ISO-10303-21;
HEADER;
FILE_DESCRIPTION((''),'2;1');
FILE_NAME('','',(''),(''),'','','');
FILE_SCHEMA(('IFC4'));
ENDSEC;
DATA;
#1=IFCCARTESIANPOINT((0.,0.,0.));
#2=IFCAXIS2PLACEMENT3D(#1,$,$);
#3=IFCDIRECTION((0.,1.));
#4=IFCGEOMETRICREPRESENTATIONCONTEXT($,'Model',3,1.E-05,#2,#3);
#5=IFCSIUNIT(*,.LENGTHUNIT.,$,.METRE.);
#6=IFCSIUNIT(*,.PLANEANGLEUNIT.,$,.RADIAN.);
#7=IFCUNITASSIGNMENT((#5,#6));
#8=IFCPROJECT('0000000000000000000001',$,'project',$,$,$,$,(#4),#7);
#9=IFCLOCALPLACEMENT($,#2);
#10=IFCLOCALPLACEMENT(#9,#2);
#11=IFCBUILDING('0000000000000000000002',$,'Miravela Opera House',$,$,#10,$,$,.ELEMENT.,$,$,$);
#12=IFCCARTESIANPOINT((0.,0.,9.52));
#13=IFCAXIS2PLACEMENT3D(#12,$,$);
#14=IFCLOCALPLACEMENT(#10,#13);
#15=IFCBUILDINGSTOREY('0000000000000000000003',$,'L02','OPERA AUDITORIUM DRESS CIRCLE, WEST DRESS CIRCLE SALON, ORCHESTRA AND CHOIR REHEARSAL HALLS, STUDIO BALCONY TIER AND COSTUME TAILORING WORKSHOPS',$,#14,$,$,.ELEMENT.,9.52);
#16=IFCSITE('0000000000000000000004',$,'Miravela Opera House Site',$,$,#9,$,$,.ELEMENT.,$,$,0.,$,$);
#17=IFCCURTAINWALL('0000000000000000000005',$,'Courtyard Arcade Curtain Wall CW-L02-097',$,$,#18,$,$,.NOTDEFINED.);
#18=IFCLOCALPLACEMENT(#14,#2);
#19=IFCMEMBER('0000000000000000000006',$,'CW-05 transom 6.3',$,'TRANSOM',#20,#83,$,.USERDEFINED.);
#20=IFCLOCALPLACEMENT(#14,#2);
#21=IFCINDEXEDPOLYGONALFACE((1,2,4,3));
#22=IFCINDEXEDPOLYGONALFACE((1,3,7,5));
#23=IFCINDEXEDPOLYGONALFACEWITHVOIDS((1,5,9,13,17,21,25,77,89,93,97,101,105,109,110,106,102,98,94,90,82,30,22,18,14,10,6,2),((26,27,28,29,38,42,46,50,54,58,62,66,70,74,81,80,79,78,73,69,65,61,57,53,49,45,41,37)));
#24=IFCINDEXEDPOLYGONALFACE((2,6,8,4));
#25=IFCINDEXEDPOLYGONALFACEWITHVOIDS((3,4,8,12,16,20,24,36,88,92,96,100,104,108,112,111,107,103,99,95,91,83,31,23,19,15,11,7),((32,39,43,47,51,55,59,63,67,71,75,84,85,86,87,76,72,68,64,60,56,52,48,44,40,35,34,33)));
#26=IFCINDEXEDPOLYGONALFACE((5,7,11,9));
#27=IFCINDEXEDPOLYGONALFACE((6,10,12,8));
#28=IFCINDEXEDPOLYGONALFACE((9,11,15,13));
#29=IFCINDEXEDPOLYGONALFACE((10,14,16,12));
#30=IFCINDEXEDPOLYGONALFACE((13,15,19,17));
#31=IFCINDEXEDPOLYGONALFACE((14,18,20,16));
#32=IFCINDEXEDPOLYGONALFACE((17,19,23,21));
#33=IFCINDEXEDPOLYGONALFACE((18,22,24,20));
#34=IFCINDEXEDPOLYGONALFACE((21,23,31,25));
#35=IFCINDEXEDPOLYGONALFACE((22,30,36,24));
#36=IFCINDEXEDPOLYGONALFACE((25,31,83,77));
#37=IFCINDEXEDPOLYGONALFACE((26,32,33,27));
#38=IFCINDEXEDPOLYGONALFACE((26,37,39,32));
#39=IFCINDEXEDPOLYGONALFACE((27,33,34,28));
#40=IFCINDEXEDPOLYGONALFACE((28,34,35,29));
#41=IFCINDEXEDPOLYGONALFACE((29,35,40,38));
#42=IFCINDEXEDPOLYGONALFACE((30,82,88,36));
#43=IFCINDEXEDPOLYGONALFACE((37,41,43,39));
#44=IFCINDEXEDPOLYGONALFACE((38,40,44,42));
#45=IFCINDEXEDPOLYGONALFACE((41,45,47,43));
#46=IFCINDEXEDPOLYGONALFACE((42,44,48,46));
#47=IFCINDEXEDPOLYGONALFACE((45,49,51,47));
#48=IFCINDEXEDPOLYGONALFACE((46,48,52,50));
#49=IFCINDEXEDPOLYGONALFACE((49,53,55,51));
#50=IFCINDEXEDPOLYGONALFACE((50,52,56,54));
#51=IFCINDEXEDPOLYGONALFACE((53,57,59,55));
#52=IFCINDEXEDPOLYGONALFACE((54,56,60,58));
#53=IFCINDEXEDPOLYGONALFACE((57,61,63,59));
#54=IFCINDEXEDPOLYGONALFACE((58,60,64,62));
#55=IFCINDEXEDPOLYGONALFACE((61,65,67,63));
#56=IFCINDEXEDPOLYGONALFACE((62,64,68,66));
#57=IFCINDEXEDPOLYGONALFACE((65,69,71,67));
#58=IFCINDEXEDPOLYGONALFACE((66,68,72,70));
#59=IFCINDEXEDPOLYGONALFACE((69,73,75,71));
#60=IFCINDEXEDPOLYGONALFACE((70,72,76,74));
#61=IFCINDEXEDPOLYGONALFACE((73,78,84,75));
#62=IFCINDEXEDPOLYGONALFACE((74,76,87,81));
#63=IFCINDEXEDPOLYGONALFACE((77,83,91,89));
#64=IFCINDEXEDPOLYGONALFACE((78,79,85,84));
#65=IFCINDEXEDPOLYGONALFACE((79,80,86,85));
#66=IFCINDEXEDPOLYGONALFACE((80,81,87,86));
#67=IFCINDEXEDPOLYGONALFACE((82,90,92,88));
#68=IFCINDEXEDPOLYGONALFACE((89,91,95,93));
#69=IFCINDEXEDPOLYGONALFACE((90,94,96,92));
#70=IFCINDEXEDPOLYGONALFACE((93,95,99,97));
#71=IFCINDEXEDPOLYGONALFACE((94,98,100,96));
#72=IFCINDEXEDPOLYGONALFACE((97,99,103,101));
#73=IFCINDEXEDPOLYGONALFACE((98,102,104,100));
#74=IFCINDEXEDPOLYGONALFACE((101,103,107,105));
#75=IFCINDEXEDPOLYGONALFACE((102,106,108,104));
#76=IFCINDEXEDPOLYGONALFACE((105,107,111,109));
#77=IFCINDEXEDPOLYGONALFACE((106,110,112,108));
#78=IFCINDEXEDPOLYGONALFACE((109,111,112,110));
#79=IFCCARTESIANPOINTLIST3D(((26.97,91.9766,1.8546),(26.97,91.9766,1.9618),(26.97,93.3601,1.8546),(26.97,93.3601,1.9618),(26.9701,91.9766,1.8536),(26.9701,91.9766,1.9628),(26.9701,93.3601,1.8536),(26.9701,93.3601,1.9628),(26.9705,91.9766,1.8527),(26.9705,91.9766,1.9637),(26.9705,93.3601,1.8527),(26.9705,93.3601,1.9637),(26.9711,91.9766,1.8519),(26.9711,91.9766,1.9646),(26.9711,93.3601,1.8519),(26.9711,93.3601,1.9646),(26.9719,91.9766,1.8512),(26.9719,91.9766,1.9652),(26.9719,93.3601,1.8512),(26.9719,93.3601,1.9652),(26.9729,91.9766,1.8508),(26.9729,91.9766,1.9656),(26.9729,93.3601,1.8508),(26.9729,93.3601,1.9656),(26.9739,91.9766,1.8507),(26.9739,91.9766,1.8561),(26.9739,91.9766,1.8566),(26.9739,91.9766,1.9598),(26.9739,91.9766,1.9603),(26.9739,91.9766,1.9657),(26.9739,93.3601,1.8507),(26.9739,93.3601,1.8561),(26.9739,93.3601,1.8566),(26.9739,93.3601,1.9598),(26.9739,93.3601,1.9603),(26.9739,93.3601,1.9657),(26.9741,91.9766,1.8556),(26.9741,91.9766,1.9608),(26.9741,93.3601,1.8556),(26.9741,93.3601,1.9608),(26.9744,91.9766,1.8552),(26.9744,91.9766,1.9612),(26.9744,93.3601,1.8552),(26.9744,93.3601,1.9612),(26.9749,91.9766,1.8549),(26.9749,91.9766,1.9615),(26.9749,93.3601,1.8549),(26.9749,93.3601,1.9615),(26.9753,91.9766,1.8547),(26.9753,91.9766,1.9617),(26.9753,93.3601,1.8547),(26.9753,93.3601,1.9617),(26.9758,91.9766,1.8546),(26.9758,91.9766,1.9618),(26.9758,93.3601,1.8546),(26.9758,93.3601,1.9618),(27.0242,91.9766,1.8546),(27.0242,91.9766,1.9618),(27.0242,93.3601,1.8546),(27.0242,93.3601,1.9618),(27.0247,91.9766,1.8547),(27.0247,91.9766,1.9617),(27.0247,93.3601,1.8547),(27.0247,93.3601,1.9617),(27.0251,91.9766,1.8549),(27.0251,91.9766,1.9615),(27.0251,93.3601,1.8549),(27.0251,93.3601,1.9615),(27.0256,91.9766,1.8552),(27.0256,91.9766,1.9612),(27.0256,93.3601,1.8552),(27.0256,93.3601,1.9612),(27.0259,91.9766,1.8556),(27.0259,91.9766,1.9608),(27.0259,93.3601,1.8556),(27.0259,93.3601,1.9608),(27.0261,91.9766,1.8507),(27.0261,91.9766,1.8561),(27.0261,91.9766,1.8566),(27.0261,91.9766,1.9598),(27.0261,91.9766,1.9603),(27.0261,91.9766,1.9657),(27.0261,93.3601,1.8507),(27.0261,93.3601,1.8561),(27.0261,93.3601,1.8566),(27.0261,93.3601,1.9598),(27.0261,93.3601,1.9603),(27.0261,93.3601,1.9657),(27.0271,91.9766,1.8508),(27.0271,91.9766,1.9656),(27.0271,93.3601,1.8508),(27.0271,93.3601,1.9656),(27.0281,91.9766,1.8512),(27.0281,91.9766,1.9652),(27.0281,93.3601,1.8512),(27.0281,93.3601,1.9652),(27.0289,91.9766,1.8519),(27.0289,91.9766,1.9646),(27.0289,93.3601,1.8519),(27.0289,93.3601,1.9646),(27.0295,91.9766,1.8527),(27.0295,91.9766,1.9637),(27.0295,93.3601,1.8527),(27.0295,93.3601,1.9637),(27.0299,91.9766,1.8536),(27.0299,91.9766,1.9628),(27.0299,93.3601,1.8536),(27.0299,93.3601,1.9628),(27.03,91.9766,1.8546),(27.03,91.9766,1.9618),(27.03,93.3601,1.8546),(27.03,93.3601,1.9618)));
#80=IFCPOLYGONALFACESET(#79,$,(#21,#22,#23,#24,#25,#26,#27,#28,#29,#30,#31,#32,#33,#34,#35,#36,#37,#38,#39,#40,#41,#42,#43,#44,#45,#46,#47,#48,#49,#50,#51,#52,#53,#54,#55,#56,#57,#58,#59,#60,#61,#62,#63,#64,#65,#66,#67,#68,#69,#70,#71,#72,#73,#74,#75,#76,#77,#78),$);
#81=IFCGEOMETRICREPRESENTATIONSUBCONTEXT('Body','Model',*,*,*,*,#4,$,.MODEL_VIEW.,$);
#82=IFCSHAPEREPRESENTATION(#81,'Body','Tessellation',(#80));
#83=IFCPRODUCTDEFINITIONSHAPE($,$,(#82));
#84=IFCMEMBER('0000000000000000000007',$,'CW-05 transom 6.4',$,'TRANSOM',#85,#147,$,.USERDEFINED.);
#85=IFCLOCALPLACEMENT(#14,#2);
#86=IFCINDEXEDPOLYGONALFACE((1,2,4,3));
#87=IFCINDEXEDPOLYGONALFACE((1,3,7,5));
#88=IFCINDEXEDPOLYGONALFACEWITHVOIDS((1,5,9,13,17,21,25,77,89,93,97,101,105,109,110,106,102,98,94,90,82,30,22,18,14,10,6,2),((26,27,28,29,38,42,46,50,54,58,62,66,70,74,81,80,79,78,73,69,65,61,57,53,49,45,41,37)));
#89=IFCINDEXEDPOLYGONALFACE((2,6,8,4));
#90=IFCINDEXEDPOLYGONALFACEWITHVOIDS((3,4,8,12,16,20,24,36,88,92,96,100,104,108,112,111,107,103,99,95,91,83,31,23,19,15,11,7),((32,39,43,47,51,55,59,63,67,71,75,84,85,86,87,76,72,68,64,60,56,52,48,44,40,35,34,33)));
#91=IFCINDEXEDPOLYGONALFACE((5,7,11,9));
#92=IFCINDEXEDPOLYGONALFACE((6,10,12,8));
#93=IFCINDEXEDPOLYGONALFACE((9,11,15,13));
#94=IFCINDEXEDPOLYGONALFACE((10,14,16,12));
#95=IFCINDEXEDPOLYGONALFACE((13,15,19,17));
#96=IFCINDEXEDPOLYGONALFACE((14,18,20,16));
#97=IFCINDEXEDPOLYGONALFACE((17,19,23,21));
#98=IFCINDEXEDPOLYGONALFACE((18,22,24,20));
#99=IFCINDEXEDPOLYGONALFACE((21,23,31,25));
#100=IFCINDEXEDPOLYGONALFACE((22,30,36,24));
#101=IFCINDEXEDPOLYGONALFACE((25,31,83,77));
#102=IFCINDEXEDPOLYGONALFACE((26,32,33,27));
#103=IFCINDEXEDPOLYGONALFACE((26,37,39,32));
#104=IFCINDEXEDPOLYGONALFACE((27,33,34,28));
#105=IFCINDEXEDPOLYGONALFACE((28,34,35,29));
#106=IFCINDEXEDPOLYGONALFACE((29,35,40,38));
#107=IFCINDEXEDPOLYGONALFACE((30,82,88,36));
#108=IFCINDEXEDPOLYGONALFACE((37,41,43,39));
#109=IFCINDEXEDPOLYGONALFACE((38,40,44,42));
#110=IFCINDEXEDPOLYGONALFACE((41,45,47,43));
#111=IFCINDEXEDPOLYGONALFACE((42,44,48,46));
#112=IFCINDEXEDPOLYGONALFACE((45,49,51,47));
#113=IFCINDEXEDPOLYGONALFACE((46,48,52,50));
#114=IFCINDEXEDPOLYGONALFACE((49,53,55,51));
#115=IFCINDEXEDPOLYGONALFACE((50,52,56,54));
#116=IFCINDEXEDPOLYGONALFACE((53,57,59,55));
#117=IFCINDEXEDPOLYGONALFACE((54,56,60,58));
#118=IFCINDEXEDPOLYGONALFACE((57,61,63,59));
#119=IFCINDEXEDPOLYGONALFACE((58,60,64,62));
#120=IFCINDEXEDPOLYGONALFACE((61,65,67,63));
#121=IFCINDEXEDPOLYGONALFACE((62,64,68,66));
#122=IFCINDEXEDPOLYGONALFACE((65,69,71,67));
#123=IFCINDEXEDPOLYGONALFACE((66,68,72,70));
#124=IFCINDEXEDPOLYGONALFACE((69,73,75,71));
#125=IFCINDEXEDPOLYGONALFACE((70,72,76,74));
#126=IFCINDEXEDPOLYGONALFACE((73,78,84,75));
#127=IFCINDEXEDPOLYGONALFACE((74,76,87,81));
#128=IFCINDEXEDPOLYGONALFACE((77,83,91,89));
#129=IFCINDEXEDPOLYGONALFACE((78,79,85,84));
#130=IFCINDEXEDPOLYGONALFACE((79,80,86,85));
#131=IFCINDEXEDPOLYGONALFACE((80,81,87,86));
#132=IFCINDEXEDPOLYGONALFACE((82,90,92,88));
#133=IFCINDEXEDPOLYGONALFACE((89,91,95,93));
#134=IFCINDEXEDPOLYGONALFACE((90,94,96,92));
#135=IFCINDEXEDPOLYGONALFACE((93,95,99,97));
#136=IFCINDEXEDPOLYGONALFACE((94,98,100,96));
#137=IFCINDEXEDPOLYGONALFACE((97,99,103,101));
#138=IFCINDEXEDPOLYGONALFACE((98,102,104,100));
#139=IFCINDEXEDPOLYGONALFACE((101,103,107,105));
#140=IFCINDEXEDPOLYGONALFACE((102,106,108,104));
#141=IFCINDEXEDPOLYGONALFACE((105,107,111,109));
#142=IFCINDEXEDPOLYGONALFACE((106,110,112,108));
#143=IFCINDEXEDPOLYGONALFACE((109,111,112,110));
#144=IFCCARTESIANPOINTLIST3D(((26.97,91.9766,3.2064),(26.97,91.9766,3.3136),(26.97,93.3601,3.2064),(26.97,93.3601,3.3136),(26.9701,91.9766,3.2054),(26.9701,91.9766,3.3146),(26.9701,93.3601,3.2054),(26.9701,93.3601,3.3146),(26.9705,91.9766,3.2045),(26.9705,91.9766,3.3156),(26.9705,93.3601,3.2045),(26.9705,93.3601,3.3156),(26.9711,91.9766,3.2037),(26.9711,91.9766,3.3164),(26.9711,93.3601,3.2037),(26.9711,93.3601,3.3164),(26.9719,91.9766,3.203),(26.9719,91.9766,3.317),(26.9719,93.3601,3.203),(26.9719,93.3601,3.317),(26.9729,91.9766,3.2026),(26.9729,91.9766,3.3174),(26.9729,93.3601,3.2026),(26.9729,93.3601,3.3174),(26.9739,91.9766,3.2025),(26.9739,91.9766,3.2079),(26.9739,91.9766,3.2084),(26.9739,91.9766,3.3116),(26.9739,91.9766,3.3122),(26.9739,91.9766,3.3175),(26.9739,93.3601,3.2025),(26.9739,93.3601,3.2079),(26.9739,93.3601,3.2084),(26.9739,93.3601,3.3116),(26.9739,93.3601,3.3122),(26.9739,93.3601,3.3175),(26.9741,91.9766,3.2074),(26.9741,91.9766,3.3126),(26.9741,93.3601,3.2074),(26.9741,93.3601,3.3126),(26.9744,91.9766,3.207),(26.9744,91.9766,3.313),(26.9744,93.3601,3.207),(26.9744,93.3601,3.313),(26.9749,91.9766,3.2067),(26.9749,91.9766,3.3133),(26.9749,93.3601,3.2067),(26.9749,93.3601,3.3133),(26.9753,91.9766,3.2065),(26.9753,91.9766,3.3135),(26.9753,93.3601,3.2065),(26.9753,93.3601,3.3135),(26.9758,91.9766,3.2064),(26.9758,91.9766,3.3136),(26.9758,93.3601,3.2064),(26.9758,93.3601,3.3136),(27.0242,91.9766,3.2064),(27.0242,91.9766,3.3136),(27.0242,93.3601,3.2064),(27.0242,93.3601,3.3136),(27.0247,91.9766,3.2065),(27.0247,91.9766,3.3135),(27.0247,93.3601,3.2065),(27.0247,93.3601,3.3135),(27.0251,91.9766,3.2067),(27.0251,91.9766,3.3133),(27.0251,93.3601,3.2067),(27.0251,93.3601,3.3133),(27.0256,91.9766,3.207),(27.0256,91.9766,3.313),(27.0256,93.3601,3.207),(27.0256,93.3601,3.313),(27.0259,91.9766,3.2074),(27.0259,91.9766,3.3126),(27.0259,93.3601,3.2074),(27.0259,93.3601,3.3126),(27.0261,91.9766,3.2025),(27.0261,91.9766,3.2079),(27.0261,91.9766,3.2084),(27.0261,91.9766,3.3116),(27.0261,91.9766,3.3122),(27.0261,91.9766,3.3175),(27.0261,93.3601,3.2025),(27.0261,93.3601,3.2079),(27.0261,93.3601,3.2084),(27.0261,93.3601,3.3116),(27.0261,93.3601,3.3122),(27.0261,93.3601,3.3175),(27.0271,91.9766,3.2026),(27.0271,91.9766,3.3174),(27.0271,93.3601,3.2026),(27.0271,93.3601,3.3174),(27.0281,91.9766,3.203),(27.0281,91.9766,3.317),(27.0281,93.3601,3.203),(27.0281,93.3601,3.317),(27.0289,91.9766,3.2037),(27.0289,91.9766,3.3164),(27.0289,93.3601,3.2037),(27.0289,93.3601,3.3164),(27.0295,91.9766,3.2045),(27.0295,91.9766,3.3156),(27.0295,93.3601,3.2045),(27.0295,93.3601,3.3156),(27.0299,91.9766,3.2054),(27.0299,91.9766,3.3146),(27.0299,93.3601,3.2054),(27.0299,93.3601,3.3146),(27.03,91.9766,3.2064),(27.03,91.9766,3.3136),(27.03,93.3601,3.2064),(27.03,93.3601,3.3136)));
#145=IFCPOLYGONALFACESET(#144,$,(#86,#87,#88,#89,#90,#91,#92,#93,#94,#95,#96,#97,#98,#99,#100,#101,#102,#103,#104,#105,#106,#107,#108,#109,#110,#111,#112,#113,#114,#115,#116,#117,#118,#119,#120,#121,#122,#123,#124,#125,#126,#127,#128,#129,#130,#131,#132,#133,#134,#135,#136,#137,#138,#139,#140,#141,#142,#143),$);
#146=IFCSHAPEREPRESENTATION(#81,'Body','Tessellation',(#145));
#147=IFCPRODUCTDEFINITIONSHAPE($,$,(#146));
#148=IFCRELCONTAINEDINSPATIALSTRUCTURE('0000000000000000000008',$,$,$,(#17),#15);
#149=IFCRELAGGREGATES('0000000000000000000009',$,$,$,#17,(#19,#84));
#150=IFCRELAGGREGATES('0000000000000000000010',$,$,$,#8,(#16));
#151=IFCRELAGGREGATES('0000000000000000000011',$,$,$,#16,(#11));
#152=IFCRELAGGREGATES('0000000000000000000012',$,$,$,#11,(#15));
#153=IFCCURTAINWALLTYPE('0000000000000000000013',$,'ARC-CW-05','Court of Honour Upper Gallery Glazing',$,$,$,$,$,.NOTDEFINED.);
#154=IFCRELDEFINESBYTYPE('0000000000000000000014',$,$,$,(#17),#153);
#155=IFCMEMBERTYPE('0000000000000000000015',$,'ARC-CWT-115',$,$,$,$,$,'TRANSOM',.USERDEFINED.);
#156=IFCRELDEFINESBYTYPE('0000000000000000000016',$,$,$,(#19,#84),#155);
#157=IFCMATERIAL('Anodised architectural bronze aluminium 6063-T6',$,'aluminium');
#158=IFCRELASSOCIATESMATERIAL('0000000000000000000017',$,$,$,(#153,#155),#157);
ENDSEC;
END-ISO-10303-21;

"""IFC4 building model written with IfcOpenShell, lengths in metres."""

from ifc_helpers import new_model, si_unit, direction, frame, origin, origin_2d, place, context, subcontext, project, spatial, hollow_rectangle, extrude, material, material_profile, profile_set, type_object, element, aggregate, save


model = new_model("IFC4")

# Units and contexts
model_context = context("Model", 3, precision=1e-05, world=origin(), true_north=direction((0.0, 1.0)))
body_context = subcontext(model_context, "Body", "Model", "MODEL_VIEW")
ifc_project = project(units=[si_unit("LENGTHUNIT", "METRE"), si_unit("PLANEANGLEUNIT", "RADIAN")], contexts=[model_context])

# Site, building, storey
site_placement = place(None, origin())
site = spatial("IfcSite", under=ifc_project, at=site_placement, Name="Miravela Opera House Site", CompositionType="ELEMENT", RefElevation=0.0)
building_placement = place(site_placement, origin())
building = spatial("IfcBuilding", under=site, at=building_placement, Name="Miravela Opera House", CompositionType="ELEMENT")
storey_placement = place(building_placement, frame((0.0, 0.0, 9.52)))
storey = spatial("IfcBuildingStorey", under=building, at=storey_placement, Name="L02", Description="OPERA AUDITORIUM DRESS CIRCLE, WEST DRESS CIRCLE SALON, ORCHESTRA AND CHOIR REHEARSAL HALLS, STUDIO BALCONY TIER AND COSTUME TAILORING WORKSHOPS", CompositionType="ELEMENT", Elevation=9.52)

# Curtain wall
ifc_material_1 = material(Name="Anodised architectural bronze aluminium 6063-T6", Category="aluminium")
curtain_wall_type = type_object("IfcCurtainWallType", Name="ARC-CW-05", Description="Court of Honour Upper Gallery Glazing", PredefinedType="NOTDEFINED", material=ifc_material_1)
curtain_wall_1_placement = place(storey_placement, origin())
curtain_wall_1 = element("IfcCurtainWall", 1, at=curtain_wall_1_placement, inside=storey, type_object=curtain_wall_type, Name="Courtyard Arcade Curtain Wall CW-L02-097", PredefinedType="NOTDEFINED")

# Members
ifc_material_profile_1 = material_profile(ifc_material_1, hollow_rectangle(XDim=0.0601, YDim=0.115, WallThickness=0.0039, InnerFilletRadius=0.002, OuterFilletRadius=0.0039, at=origin_2d()), Name="CWT-60X115")
ifc_profile_set_1 = profile_set([ifc_material_profile_1])
member_type_1 = type_object("IfcMemberType", Name="ARC-CWT-115", ElementType="TRANSOM", PredefinedType="USERDEFINED", material=ifc_profile_set_1)
member_1_placement = place(storey_placement, frame((27.0, 91.9766, 1.9082), z_axis=(0.0, 1.0, 0.0), x_axis=(-1.0, 0.0, 0.0)))
member_1 = element("IfcMember", 2, at=member_1_placement, type_object=member_type_1, Name="CW-05 transom 6.3", ObjectType="TRANSOM", PredefinedType="USERDEFINED", context=body_context, shape_type="SweptSolid", body=[
    extrude(hollow_rectangle(XDim=0.0601, YDim=0.115, WallThickness=0.0039, InnerFilletRadius=0.002, OuterFilletRadius=0.0039, at=origin_2d()), origin(), (0.0, 0.0, 1.0), 1.3835),
])
member_2_placement = place(storey_placement, frame((27.0, 91.9766, 3.26), z_axis=(0.0, 1.0, 0.0), x_axis=(-1.0, 0.0, 0.0)))
member_2 = element("IfcMember", 3, at=member_2_placement, type_object=member_type_1, Name="CW-05 transom 6.4", ObjectType="TRANSOM", PredefinedType="USERDEFINED", context=body_context, shape_type="SweptSolid", body=[
    extrude(hollow_rectangle(XDim=0.0601, YDim=0.115, WallThickness=0.0039, InnerFilletRadius=0.002, OuterFilletRadius=0.0039, at=origin_2d()), origin(), (0.0, 0.0, 1.0), 1.3835),
])

aggregate(curtain_wall_1, [member_1, member_2])

save(model, "model.ifc")
